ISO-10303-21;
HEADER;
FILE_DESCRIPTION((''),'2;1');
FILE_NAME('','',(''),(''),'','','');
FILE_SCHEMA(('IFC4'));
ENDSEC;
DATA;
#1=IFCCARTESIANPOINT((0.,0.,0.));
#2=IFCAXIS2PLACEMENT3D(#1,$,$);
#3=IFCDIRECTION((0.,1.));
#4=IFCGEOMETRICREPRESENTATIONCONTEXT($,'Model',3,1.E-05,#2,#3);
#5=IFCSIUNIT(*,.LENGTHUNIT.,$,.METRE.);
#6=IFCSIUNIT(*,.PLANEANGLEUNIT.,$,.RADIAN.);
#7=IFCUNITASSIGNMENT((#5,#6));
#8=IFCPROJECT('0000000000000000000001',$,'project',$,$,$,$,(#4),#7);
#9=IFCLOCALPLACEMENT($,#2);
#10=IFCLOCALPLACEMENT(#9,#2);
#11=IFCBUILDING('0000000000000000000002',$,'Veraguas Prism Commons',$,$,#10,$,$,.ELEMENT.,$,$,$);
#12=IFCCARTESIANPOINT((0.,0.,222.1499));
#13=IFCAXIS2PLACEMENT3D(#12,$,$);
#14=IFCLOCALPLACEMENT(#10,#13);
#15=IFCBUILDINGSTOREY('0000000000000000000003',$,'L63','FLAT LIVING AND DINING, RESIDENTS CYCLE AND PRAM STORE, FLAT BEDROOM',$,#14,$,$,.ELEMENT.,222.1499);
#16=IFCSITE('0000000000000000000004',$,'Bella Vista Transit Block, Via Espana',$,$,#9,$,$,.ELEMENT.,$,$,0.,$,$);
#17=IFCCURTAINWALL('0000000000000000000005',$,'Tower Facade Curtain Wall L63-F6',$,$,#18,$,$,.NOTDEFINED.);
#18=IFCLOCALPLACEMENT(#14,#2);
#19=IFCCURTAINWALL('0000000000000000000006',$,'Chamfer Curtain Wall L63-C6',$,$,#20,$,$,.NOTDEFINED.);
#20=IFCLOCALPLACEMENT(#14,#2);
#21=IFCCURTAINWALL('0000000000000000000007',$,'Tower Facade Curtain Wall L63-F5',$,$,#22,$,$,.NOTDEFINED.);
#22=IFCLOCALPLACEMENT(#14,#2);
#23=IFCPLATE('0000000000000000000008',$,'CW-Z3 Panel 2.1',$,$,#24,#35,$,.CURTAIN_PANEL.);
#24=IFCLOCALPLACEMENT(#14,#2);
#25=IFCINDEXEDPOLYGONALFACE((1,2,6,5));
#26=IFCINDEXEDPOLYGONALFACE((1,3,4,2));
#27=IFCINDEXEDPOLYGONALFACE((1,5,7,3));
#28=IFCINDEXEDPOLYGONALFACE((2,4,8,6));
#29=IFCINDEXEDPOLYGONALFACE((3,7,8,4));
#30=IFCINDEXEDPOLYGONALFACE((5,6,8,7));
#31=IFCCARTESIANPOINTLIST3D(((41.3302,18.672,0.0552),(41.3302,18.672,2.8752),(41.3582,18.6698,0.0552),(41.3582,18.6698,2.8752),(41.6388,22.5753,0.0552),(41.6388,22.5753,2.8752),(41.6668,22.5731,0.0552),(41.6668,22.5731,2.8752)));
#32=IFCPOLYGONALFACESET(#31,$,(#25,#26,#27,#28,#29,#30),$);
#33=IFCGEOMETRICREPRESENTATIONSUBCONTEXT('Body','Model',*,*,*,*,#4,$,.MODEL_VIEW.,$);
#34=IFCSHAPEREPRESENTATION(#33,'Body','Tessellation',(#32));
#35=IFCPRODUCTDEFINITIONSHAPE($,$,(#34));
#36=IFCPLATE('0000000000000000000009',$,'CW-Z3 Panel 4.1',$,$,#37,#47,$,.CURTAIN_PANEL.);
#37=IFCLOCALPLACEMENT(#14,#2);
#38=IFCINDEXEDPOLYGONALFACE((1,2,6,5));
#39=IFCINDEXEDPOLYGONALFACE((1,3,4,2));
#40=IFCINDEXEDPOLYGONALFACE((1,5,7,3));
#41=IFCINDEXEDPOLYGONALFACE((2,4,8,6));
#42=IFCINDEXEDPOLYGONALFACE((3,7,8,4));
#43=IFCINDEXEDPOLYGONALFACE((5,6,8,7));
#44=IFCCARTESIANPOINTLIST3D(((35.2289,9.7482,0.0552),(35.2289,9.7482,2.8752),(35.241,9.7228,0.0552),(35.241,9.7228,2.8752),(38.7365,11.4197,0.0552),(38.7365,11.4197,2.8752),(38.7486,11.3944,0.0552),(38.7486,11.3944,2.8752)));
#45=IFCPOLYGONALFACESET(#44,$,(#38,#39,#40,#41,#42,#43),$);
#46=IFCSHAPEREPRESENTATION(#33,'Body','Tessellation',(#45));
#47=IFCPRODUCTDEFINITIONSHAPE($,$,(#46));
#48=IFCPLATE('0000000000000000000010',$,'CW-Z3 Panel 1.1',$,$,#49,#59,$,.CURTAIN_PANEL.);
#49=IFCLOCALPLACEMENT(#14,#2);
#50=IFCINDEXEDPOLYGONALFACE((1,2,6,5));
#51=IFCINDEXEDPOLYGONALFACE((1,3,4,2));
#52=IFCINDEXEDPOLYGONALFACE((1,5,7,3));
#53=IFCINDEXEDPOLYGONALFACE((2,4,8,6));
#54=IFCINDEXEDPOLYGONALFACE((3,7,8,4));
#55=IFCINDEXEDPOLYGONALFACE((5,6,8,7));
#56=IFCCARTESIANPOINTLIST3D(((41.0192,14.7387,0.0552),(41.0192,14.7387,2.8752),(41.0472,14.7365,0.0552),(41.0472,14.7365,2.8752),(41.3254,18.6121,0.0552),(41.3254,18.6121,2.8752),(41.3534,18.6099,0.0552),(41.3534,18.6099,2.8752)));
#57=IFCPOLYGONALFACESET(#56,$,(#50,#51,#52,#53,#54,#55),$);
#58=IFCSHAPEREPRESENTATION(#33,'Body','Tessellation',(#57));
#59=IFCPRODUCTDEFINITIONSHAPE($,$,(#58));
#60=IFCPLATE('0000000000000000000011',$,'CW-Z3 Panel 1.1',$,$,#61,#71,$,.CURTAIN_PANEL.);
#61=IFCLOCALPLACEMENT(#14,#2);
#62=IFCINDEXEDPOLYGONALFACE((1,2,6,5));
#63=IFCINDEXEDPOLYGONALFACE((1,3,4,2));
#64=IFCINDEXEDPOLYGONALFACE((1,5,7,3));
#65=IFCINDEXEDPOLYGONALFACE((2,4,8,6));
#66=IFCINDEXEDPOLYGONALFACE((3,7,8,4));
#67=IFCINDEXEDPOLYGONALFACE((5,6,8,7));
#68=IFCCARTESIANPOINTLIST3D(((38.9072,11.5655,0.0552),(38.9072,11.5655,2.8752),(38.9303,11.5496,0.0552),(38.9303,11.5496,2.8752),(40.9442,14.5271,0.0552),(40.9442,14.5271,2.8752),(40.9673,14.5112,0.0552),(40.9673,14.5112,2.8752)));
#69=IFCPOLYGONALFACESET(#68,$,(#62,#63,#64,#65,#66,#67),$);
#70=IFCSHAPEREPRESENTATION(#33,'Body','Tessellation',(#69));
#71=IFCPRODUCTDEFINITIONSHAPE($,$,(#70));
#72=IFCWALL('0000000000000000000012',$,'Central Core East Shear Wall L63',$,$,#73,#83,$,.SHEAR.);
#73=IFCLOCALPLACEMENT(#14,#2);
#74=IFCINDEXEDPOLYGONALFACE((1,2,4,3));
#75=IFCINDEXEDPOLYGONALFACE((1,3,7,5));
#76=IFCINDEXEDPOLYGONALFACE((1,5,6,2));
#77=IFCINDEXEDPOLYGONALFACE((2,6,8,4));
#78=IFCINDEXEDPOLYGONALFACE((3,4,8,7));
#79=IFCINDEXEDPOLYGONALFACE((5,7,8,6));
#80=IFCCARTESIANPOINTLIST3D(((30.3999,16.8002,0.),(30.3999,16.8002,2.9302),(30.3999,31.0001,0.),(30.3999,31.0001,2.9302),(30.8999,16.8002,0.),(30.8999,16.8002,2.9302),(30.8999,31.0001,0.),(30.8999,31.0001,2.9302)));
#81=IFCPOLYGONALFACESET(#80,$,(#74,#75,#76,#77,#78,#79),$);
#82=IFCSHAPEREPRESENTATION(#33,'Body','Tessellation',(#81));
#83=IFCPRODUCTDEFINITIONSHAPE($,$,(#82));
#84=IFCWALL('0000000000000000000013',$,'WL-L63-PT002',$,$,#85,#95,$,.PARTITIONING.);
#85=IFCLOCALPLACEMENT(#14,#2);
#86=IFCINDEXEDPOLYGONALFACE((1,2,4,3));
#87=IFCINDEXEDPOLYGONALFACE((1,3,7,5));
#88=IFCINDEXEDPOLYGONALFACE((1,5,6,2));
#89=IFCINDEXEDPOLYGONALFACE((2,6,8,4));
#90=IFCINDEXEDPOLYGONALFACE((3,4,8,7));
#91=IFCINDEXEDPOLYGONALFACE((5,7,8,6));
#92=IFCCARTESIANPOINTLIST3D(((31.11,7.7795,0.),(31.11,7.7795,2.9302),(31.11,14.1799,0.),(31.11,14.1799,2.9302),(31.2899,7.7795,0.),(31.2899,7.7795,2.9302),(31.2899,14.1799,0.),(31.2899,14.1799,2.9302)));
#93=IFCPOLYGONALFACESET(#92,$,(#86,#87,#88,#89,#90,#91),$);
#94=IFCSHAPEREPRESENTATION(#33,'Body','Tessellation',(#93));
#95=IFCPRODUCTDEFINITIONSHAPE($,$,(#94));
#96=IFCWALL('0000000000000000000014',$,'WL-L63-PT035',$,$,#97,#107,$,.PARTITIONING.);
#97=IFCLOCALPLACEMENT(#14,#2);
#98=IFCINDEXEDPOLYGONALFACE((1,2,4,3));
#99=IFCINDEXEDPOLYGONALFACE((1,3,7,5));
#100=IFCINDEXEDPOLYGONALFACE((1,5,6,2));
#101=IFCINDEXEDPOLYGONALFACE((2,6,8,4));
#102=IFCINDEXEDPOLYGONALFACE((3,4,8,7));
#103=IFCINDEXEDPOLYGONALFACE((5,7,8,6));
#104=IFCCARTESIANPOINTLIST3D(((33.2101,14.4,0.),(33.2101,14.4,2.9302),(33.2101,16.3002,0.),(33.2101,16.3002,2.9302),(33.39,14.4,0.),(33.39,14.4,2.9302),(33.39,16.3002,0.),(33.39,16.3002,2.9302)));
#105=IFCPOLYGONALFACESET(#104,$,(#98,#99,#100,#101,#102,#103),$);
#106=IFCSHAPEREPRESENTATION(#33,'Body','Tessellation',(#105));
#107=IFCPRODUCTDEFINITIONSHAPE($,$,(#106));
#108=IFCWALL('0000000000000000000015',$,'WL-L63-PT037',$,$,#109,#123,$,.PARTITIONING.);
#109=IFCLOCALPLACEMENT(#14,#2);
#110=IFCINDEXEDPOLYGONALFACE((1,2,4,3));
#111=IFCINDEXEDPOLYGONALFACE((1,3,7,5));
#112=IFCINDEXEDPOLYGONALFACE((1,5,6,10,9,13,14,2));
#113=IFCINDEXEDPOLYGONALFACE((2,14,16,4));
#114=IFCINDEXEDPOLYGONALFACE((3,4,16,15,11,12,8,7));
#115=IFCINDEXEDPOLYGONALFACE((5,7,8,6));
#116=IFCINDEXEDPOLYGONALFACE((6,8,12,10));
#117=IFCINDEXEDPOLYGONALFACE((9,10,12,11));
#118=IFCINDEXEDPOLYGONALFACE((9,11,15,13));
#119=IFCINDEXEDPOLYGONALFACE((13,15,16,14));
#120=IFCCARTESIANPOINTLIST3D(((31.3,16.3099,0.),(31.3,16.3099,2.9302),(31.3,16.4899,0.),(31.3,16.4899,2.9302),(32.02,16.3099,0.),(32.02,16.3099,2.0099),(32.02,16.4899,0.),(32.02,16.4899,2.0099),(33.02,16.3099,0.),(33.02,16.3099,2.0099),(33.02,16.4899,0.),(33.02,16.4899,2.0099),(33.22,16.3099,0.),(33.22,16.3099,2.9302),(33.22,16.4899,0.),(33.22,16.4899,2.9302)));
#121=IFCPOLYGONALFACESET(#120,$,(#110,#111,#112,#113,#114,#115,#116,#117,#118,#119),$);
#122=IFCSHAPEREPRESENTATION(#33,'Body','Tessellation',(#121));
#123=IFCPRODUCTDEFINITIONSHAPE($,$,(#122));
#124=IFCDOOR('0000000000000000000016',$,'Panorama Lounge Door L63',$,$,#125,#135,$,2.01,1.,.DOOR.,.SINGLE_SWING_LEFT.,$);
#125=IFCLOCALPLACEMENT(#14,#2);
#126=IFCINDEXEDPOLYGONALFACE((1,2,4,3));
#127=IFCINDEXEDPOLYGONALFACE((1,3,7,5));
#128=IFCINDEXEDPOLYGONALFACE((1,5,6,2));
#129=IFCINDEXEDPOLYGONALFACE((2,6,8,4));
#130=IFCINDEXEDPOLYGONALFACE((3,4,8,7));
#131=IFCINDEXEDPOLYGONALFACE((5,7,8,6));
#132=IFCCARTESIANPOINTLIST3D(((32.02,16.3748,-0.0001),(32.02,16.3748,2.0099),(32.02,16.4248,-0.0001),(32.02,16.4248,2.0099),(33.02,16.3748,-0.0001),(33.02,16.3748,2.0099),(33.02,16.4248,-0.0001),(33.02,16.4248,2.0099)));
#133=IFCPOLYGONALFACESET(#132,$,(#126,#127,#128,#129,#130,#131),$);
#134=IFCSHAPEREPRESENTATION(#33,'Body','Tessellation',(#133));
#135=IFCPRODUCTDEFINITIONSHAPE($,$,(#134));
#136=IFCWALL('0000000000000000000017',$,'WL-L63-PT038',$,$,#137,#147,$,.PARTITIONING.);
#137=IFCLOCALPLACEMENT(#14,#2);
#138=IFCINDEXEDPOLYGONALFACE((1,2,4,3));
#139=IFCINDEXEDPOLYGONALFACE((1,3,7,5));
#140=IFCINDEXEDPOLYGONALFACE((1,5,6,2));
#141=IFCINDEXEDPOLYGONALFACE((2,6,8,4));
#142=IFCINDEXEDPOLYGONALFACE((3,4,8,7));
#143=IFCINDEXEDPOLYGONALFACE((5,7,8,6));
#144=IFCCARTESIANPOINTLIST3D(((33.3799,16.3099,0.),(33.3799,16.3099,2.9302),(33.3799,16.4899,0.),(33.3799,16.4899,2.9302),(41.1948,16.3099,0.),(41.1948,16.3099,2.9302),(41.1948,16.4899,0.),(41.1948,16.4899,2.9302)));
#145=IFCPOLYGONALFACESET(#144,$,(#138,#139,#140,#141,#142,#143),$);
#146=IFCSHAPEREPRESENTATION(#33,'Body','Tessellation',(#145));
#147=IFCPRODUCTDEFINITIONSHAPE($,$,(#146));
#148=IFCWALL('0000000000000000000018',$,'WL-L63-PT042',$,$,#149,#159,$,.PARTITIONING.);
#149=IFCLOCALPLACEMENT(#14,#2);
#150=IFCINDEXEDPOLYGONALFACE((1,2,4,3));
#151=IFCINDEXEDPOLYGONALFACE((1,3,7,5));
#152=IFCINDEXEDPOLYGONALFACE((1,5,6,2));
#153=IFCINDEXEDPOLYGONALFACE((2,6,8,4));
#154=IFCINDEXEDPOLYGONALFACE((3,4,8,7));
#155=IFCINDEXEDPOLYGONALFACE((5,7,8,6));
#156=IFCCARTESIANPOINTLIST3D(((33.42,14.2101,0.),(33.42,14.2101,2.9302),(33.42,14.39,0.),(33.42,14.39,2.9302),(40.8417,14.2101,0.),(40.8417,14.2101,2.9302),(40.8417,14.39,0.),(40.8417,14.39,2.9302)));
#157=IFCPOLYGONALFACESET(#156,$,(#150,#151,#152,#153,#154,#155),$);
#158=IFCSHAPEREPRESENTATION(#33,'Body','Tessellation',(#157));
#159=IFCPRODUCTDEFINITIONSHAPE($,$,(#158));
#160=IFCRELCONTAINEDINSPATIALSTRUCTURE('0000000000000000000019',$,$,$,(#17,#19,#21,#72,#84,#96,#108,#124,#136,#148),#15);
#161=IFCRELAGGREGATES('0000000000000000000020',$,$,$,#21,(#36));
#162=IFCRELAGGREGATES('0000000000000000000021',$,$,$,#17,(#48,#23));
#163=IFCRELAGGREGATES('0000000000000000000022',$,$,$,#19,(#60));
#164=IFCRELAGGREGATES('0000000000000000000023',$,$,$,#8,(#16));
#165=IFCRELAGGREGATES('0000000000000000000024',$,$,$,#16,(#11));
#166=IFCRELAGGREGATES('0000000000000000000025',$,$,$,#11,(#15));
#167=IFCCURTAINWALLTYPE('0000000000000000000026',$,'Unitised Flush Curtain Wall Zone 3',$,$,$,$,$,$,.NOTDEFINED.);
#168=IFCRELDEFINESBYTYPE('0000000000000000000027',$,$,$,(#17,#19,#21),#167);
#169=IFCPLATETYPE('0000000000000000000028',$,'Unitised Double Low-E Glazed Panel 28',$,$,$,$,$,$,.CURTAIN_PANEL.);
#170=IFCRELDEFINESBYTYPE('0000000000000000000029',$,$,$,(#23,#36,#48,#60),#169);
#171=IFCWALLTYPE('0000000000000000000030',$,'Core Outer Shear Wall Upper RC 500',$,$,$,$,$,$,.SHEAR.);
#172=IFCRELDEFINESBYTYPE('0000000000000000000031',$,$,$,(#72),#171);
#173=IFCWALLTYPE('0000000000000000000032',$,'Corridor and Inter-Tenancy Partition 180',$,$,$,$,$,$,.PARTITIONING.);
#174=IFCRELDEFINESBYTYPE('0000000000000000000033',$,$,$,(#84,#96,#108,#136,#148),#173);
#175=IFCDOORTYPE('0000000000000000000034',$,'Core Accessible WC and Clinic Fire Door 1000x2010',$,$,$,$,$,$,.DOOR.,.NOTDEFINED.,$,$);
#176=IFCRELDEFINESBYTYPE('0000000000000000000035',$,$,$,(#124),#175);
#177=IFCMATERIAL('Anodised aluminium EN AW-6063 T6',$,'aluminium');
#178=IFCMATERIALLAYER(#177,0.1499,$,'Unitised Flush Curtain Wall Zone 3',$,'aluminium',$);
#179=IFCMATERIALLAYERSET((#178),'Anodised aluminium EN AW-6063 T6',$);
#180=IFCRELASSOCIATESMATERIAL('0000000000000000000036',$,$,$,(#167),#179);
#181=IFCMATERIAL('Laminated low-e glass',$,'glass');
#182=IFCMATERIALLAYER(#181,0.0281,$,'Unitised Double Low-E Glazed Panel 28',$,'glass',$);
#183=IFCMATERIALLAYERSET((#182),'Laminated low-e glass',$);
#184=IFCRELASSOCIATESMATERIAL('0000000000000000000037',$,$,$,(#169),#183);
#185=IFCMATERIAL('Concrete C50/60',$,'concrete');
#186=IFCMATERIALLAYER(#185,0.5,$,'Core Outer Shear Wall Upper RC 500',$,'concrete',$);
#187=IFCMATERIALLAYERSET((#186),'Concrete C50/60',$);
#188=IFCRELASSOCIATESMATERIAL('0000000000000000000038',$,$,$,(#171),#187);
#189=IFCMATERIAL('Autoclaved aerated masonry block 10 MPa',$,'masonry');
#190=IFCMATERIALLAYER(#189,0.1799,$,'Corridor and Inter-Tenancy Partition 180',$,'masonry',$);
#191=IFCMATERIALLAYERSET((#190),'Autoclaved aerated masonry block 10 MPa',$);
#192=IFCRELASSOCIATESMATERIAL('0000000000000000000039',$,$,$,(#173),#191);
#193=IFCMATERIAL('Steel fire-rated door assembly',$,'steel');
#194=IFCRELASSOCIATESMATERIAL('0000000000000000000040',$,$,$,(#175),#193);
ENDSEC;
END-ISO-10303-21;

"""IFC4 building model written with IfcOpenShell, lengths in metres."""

from ifc_helpers import new_model, si_unit, direction, frame, frame_2d, origin, origin_2d, place, context, subcontext, project, spatial, rectangle, extrude, source, transform, mapped, material, layer, layer_set, type_object, element, fill, aggregate, save


model = new_model("IFC4")

# Units and contexts
model_context = context("Model", 3, precision=1e-05, world=origin(), true_north=direction((0.0, 1.0)))
body_context = subcontext(model_context, "Body", "Model", "MODEL_VIEW")
ifc_project = project(units=[si_unit("LENGTHUNIT", "METRE"), si_unit("PLANEANGLEUNIT", "RADIAN")], contexts=[model_context])

# Site, building, storey
site_placement = place(None, origin())
site = spatial("IfcSite", under=ifc_project, at=site_placement, Name="Bella Vista Transit Block, Via Espana", CompositionType="ELEMENT", RefElevation=0.0)
building_placement = place(site_placement, origin())
building = spatial("IfcBuilding", under=site, at=building_placement, Name="Veraguas Prism Commons", CompositionType="ELEMENT")
storey_placement = place(building_placement, frame((0.0, 0.0, 222.1499)))
storey = spatial("IfcBuildingStorey", under=building, at=storey_placement, Name="L63", Description="FLAT LIVING AND DINING, RESIDENTS CYCLE AND PRAM STORE, FLAT BEDROOM", CompositionType="ELEMENT", Elevation=222.1499)

# Shared definitions
ifc_material_1 = material(Name="Concrete C50/60", Category="concrete")

# Curtain walls
ifc_material_2 = material(Name="Anodised aluminium EN AW-6063 T6", Category="aluminium")
ifc_layer_1 = layer(ifc_material_2, 0.1499, Name="Unitised Flush Curtain Wall Zone 3", Category="aluminium")
ifc_layer_set_1 = layer_set([ifc_layer_1], Name="Anodised aluminium EN AW-6063 T6")
curtain_wall_type = type_object("IfcCurtainWallType", Name="Unitised Flush Curtain Wall Zone 3", PredefinedType="NOTDEFINED", material=ifc_layer_set_1)
curtain_wall_1_placement = place(storey_placement, origin())
curtain_wall_1 = element("IfcCurtainWall", 1, at=curtain_wall_1_placement, inside=storey, type_object=curtain_wall_type, Name="Tower Facade Curtain Wall L63-F6", PredefinedType="NOTDEFINED")
curtain_wall_2_placement = place(storey_placement, origin())
curtain_wall_2 = element("IfcCurtainWall", 2, at=curtain_wall_2_placement, inside=storey, type_object=curtain_wall_type, Name="Chamfer Curtain Wall L63-C6", PredefinedType="NOTDEFINED")
curtain_wall_3_placement = place(storey_placement, origin())
curtain_wall_3 = element("IfcCurtainWall", 3, at=curtain_wall_3_placement, inside=storey, type_object=curtain_wall_type, Name="Tower Facade Curtain Wall L63-F5", PredefinedType="NOTDEFINED")

# Plates
ifc_material_3 = material(Name="Laminated low-e glass", Category="glass")
ifc_layer_2 = layer(ifc_material_3, 0.0281, Name="Unitised Double Low-E Glazed Panel 28", Category="glass")
ifc_layer_set_2 = layer_set([ifc_layer_2], Name="Laminated low-e glass")
plate_type = type_object("IfcPlateType", Name="Unitised Double Low-E Glazed Panel 28", PredefinedType="CURTAIN_PANEL", material=ifc_layer_set_2)
shared_shape_1 = source(origin(), body_context, "Body", "SweptSolid", [
    extrude(rectangle(XDim=3.9155, YDim=0.0281, at=origin_2d()), origin(), (0.0, 0.0, 1.0), 2.8201),
])
plate_1_placement = place(storey_placement, frame((41.4985, 20.6226, 0.0552), z_axis=(0.0, 0.0, 1.0), x_axis=(0.078812, 0.996889, 0.0)))
plate_1 = element("IfcPlate", 4, at=plate_1_placement, type_object=plate_type, Name="CW-Z3 Panel 2.1", PredefinedType="CURTAIN_PANEL", context=body_context, shape_type="MappedRepresentation", body=[
    mapped(shared_shape_1, transform((0.0, 0.0, 0.0), scale=1.0)),
])
shared_shape_2 = source(origin(), body_context, "Body", "SweptSolid", [
    extrude(rectangle(XDim=3.8855, YDim=0.0281, at=origin_2d()), origin(), (0.0, 0.0, 1.0), 2.8201),
])
plate_2_placement = place(storey_placement, frame((36.9888, 10.5713, 0.0552), z_axis=(0.0, 0.0, 1.0), x_axis=(0.902733, 0.430201, 0.0)))
plate_2 = element("IfcPlate", 5, at=plate_2_placement, type_object=plate_type, Name="CW-Z3 Panel 4.1", PredefinedType="CURTAIN_PANEL", context=body_context, shape_type="MappedRepresentation", body=[
    mapped(shared_shape_2, transform((0.0, 0.0, 0.0), scale=1.0)),
])
aggregate(curtain_wall_3, [plate_2])
plate_3_placement = place(storey_placement, frame((41.1863, 16.6743, 0.0552), z_axis=(0.0, 0.0, 1.0), x_axis=(0.078812, 0.996889, 0.0)))
plate_3 = element("IfcPlate", 6, at=plate_3_placement, type_object=plate_type, Name="CW-Z3 Panel 1.1", PredefinedType="CURTAIN_PANEL", context=body_context, shape_type="MappedRepresentation", body=[
    mapped(shared_shape_2, transform((0.0, 0.0, 0.0), scale=1.0)),
])
aggregate(curtain_wall_1, [plate_3, plate_1])
shared_shape_3 = source(origin(), body_context, "Body", "SweptSolid", [
    extrude(rectangle(XDim=3.5945, YDim=0.0281, at=origin_2d()), origin(), (0.0, 0.0, 1.0), 2.8201),
])
plate_4_placement = place(storey_placement, frame((39.9373, 13.0383, 0.0552), z_axis=(0.0, 0.0, 1.0), x_axis=(0.566688, 0.823932, 0.0)))
plate_4 = element("IfcPlate", 7, at=plate_4_placement, type_object=plate_type, Name="CW-Z3 Panel 1.1", PredefinedType="CURTAIN_PANEL", context=body_context, shape_type="MappedRepresentation", body=[
    mapped(shared_shape_3, transform((0.0, 0.0, 0.0), scale=1.0)),
])
aggregate(curtain_wall_2, [plate_4])

# Walls
ifc_layer_3 = layer(ifc_material_1, 0.5, Name="Core Outer Shear Wall Upper RC 500", Category="concrete")
ifc_layer_set_3 = layer_set([ifc_layer_3], Name="Concrete C50/60")
wall_type_1 = type_object("IfcWallType", Name="Core Outer Shear Wall Upper RC 500", PredefinedType="SHEAR", material=ifc_layer_set_3)
wall_1_placement = place(storey_placement, frame((30.6499, 16.8, 0.0), z_axis=(0.0, 0.0, 1.0), x_axis=(0.0, 1.0, 0.0)))
element("IfcWall", 8, at=wall_1_placement, inside=storey, type_object=wall_type_1, Name="Central Core East Shear Wall L63", PredefinedType="SHEAR", context=body_context, shape_type="SweptSolid", body=[
    extrude(rectangle(XDim=14.2, YDim=0.5, at=frame_2d((7.1001, 0.0))), origin(), (0.0, 0.0, 1.0), 2.9302),
])
ifc_material_4 = material(Name="Autoclaved aerated masonry block 10 MPa", Category="masonry")
ifc_layer_4 = layer(ifc_material_4, 0.1799, Name="Corridor and Inter-Tenancy Partition 180", Category="masonry")
ifc_layer_set_4 = layer_set([ifc_layer_4], Name="Autoclaved aerated masonry block 10 MPa")
wall_type_2 = type_object("IfcWallType", Name="Corridor and Inter-Tenancy Partition 180", PredefinedType="PARTITIONING", material=ifc_layer_set_4)
wall_2_placement = place(storey_placement, frame((31.2, 14.1799, 0.0), z_axis=(0.0, 0.0, 1.0), x_axis=(0.0, -1.0, 0.0)))
element("IfcWall", 9, at=wall_2_placement, inside=storey, type_object=wall_type_2, Name="WL-L63-PT002", PredefinedType="PARTITIONING", context=body_context, shape_type="SweptSolid", body=[
    extrude(rectangle(XDim=6.4004, YDim=0.1799, at=frame_2d((3.2002, 0.0))), origin(), (0.0, 0.0, 1.0), 2.9302),
])
wall_3_placement = place(storey_placement, frame((33.3, 14.3999, 0.0), z_axis=(0.0, 0.0, 1.0), x_axis=(0.0, 1.0, 0.0)))
element("IfcWall", 10, at=wall_3_placement, inside=storey, type_object=wall_type_2, Name="WL-L63-PT035", PredefinedType="PARTITIONING", context=body_context, shape_type="SweptSolid", body=[
    extrude(rectangle(XDim=1.9001, YDim=0.1799, at=frame_2d((0.9502, 0.0))), origin(), (0.0, 0.0, 1.0), 2.9302),
])

# Wall, opening, door
wall_4_placement = place(storey_placement, frame((31.3, 16.3999, 0.0), z_axis=(0.0, 0.0, 1.0), x_axis=(1.0, 0.0, 0.0)))
wall_4 = element("IfcWall", 11, at=wall_4_placement, inside=storey, type_object=wall_type_2, Name="WL-L63-PT037", PredefinedType="PARTITIONING", context=body_context, shape_type="SweptSolid", body=[
    extrude(rectangle(XDim=1.9199, YDim=0.1799, at=frame_2d((0.96, 0.0))), origin(), (0.0, 0.0, 1.0), 2.9302),
])
opening_1_placement = place(wall_4_placement, frame((0.72, 0.0, 0.0)))
opening_1 = element("IfcOpeningElement", 12, at=opening_1_placement, cuts=wall_4, PredefinedType="OPENING", context=body_context, shape_type="SweptSolid", body=[
    extrude(rectangle(XDim=1.0, YDim=2.01, at=frame_2d((0.5, 1.0049))), frame((0.0, 0.0999, 0.0), z_axis=(0.0, -1.0, 0.0), x_axis=(1.0, 0.0, 0.0)), (0.0, 0.0, 1.0), 0.2),
])
ifc_material_5 = material(Name="Steel fire-rated door assembly", Category="steel")
door_type_1 = type_object("IfcDoorType", Name="Core Accessible WC and Clinic Fire Door 1000x2010", OperationType="NOTDEFINED", PredefinedType="DOOR", material=ifc_material_5)
shared_shape_4 = source(origin(), body_context, "Body", "SweptSolid", [
    extrude(rectangle(XDim=1.0, YDim=2.01, at=frame_2d((0.5, 1.0049))), frame((0.0, 0.0249, 0.0), z_axis=(0.0, -1.0, 0.0), x_axis=(1.0, 0.0, 0.0)), (0.0, 0.0, 1.0), 0.05),
])
door_1_placement = place(opening_1_placement, origin())
door_1 = element("IfcDoor", 13, at=door_1_placement, inside=storey, type_object=door_type_1, Name="Panorama Lounge Door L63", OperationType="SINGLE_SWING_LEFT", OverallHeight=2.01, OverallWidth=1.0, PredefinedType="DOOR", context=body_context, shape_type="MappedRepresentation", body=[
    mapped(shared_shape_4, transform((0.0, 0.0, 0.0), scale=1.0)),
])
fill(opening_1, door_1)

# Walls
wall_5_placement = place(storey_placement, frame((33.3799, 16.3999, 0.0), z_axis=(0.0, 0.0, 1.0), x_axis=(1.0, 0.0, 0.0)))
element("IfcWall", 14, at=wall_5_placement, inside=storey, type_object=wall_type_2, Name="WL-L63-PT038", PredefinedType="PARTITIONING", context=body_context, shape_type="SweptSolid", body=[
    extrude(rectangle(XDim=7.8149, YDim=0.1799, at=frame_2d((3.9075, 0.0))), origin(), (0.0, 0.0, 1.0), 2.9302),
])
wall_6_placement = place(storey_placement, frame((33.4199, 14.3, 0.0), z_axis=(0.0, 0.0, 1.0), x_axis=(1.0, 0.0, 0.0)))
element("IfcWall", 15, at=wall_6_placement, inside=storey, type_object=wall_type_2, Name="WL-L63-PT042", PredefinedType="PARTITIONING", context=body_context, shape_type="SweptSolid", body=[
    extrude(rectangle(XDim=7.4216, YDim=0.1799, at=frame_2d((3.7109, 0.0))), origin(), (0.0, 0.0, 1.0), 2.9302),
])

save(model, "model.ifc")
